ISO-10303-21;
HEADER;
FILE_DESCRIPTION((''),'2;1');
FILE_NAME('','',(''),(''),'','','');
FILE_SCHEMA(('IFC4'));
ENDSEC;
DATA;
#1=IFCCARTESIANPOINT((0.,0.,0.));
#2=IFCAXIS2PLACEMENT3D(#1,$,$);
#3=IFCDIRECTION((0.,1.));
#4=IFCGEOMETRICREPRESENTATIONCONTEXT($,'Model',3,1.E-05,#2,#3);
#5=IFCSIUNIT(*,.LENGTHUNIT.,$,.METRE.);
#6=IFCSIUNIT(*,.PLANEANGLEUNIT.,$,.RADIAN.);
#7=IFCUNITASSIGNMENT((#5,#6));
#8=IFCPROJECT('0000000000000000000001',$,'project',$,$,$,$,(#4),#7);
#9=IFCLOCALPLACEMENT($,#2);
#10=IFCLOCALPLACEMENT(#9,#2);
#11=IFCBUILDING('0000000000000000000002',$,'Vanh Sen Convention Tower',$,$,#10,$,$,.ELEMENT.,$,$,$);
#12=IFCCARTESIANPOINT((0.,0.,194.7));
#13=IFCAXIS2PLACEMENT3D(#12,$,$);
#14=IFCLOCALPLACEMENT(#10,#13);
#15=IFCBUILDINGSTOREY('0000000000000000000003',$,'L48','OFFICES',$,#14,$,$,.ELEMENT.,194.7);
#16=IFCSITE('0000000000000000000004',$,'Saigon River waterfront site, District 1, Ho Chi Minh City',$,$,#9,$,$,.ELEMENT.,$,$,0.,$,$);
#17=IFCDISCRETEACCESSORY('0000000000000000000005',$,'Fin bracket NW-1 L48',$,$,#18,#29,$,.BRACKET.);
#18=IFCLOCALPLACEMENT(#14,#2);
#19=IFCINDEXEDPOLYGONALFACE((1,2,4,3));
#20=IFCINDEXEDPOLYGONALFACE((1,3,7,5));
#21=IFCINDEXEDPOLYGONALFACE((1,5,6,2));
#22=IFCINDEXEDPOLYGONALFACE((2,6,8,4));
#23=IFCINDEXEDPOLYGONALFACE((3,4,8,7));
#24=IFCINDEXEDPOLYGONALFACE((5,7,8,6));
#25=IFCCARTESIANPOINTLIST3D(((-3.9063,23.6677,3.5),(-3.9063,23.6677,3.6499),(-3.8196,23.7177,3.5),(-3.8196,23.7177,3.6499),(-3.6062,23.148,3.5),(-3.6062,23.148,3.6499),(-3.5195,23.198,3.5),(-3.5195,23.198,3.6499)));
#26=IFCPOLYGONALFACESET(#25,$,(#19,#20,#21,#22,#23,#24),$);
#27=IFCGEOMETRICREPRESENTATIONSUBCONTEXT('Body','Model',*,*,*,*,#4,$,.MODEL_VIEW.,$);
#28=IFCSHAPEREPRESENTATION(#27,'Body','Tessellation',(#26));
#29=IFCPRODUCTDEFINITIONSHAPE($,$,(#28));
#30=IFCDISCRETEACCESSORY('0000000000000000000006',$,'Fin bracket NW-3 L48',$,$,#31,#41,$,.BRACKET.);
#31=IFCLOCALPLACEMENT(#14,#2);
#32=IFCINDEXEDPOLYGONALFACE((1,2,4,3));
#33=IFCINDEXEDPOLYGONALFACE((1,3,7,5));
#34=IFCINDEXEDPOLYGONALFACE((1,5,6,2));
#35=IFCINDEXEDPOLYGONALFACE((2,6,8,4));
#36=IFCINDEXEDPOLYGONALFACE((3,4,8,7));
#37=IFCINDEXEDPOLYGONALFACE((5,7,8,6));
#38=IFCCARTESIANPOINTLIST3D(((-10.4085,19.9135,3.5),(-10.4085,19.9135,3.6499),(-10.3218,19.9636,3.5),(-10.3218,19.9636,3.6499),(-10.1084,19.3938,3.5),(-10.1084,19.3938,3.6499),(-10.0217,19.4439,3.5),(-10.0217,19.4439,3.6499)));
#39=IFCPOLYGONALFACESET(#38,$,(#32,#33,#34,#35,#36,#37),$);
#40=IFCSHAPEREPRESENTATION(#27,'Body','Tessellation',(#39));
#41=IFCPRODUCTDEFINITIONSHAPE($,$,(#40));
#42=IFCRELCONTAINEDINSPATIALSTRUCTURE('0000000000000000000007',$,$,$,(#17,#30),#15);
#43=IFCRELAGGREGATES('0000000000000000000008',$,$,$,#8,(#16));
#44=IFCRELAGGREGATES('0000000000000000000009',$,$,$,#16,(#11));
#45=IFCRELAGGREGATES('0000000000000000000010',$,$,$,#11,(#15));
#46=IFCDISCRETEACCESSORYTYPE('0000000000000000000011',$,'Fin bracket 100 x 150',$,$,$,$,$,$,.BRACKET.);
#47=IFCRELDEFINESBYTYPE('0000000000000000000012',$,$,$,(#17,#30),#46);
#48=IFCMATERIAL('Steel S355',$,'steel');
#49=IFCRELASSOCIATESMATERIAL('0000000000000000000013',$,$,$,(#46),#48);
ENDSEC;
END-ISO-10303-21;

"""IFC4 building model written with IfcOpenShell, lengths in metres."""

from ifc_helpers import new_model, si_unit, direction, frame, origin, origin_2d, place, context, subcontext, project, spatial, rectangle, extrude, material, type_object, element, save


model = new_model("IFC4")

# Units and contexts
model_context = context("Model", 3, precision=1e-05, world=origin(), true_north=direction((0.0, 1.0)))
body_context = subcontext(model_context, "Body", "Model", "MODEL_VIEW")
ifc_project = project(units=[si_unit("LENGTHUNIT", "METRE"), si_unit("PLANEANGLEUNIT", "RADIAN")], contexts=[model_context])

# Site, building, storey
site_placement = place(None, origin())
site = spatial("IfcSite", under=ifc_project, at=site_placement, Name="Saigon River waterfront site, District 1, Ho Chi Minh City", CompositionType="ELEMENT", RefElevation=0.0)
building_placement = place(site_placement, origin())
building = spatial("IfcBuilding", under=site, at=building_placement, Name="Vanh Sen Convention Tower", CompositionType="ELEMENT")
storey_placement = place(building_placement, frame((0.0, 0.0, 194.7)))
storey = spatial("IfcBuildingStorey", under=building, at=storey_placement, Name="L48", Description="OFFICES", CompositionType="ELEMENT", Elevation=194.7)

# Discrete accessories
ifc_material_1 = material(Name="Steel S355", Category="steel")
discrete_accessory_type = type_object("IfcDiscreteAccessoryType", Name="Fin bracket 100 x 150", PredefinedType="BRACKET", material=ifc_material_1)
for number, where, z_axis, x_axis, name in (
    (1, (-3.7129, 23.4329, 3.5), (0.0, 0.0, 1.0), (-0.5, 0.866025, 0.0), "Fin bracket NW-1 L48"),
    (2, (-10.2151, 19.6787, 3.5), (0.0, 0.0, 1.0), (-0.5, 0.866025, 0.0), "Fin bracket NW-3 L48"),
):
    element("IfcDiscreteAccessory", number, at=place(storey_placement, frame(where, z_axis=z_axis, x_axis=x_axis)), inside=storey, type_object=discrete_accessory_type, Name=name, PredefinedType="BRACKET", context=body_context, shape_type="SweptSolid", body=[
        extrude(rectangle(XDim=0.6001, YDim=0.1001, at=origin_2d()), origin(), (0.0, 0.0, 1.0), 0.1499),
    ])

save(model, "model.ifc")
